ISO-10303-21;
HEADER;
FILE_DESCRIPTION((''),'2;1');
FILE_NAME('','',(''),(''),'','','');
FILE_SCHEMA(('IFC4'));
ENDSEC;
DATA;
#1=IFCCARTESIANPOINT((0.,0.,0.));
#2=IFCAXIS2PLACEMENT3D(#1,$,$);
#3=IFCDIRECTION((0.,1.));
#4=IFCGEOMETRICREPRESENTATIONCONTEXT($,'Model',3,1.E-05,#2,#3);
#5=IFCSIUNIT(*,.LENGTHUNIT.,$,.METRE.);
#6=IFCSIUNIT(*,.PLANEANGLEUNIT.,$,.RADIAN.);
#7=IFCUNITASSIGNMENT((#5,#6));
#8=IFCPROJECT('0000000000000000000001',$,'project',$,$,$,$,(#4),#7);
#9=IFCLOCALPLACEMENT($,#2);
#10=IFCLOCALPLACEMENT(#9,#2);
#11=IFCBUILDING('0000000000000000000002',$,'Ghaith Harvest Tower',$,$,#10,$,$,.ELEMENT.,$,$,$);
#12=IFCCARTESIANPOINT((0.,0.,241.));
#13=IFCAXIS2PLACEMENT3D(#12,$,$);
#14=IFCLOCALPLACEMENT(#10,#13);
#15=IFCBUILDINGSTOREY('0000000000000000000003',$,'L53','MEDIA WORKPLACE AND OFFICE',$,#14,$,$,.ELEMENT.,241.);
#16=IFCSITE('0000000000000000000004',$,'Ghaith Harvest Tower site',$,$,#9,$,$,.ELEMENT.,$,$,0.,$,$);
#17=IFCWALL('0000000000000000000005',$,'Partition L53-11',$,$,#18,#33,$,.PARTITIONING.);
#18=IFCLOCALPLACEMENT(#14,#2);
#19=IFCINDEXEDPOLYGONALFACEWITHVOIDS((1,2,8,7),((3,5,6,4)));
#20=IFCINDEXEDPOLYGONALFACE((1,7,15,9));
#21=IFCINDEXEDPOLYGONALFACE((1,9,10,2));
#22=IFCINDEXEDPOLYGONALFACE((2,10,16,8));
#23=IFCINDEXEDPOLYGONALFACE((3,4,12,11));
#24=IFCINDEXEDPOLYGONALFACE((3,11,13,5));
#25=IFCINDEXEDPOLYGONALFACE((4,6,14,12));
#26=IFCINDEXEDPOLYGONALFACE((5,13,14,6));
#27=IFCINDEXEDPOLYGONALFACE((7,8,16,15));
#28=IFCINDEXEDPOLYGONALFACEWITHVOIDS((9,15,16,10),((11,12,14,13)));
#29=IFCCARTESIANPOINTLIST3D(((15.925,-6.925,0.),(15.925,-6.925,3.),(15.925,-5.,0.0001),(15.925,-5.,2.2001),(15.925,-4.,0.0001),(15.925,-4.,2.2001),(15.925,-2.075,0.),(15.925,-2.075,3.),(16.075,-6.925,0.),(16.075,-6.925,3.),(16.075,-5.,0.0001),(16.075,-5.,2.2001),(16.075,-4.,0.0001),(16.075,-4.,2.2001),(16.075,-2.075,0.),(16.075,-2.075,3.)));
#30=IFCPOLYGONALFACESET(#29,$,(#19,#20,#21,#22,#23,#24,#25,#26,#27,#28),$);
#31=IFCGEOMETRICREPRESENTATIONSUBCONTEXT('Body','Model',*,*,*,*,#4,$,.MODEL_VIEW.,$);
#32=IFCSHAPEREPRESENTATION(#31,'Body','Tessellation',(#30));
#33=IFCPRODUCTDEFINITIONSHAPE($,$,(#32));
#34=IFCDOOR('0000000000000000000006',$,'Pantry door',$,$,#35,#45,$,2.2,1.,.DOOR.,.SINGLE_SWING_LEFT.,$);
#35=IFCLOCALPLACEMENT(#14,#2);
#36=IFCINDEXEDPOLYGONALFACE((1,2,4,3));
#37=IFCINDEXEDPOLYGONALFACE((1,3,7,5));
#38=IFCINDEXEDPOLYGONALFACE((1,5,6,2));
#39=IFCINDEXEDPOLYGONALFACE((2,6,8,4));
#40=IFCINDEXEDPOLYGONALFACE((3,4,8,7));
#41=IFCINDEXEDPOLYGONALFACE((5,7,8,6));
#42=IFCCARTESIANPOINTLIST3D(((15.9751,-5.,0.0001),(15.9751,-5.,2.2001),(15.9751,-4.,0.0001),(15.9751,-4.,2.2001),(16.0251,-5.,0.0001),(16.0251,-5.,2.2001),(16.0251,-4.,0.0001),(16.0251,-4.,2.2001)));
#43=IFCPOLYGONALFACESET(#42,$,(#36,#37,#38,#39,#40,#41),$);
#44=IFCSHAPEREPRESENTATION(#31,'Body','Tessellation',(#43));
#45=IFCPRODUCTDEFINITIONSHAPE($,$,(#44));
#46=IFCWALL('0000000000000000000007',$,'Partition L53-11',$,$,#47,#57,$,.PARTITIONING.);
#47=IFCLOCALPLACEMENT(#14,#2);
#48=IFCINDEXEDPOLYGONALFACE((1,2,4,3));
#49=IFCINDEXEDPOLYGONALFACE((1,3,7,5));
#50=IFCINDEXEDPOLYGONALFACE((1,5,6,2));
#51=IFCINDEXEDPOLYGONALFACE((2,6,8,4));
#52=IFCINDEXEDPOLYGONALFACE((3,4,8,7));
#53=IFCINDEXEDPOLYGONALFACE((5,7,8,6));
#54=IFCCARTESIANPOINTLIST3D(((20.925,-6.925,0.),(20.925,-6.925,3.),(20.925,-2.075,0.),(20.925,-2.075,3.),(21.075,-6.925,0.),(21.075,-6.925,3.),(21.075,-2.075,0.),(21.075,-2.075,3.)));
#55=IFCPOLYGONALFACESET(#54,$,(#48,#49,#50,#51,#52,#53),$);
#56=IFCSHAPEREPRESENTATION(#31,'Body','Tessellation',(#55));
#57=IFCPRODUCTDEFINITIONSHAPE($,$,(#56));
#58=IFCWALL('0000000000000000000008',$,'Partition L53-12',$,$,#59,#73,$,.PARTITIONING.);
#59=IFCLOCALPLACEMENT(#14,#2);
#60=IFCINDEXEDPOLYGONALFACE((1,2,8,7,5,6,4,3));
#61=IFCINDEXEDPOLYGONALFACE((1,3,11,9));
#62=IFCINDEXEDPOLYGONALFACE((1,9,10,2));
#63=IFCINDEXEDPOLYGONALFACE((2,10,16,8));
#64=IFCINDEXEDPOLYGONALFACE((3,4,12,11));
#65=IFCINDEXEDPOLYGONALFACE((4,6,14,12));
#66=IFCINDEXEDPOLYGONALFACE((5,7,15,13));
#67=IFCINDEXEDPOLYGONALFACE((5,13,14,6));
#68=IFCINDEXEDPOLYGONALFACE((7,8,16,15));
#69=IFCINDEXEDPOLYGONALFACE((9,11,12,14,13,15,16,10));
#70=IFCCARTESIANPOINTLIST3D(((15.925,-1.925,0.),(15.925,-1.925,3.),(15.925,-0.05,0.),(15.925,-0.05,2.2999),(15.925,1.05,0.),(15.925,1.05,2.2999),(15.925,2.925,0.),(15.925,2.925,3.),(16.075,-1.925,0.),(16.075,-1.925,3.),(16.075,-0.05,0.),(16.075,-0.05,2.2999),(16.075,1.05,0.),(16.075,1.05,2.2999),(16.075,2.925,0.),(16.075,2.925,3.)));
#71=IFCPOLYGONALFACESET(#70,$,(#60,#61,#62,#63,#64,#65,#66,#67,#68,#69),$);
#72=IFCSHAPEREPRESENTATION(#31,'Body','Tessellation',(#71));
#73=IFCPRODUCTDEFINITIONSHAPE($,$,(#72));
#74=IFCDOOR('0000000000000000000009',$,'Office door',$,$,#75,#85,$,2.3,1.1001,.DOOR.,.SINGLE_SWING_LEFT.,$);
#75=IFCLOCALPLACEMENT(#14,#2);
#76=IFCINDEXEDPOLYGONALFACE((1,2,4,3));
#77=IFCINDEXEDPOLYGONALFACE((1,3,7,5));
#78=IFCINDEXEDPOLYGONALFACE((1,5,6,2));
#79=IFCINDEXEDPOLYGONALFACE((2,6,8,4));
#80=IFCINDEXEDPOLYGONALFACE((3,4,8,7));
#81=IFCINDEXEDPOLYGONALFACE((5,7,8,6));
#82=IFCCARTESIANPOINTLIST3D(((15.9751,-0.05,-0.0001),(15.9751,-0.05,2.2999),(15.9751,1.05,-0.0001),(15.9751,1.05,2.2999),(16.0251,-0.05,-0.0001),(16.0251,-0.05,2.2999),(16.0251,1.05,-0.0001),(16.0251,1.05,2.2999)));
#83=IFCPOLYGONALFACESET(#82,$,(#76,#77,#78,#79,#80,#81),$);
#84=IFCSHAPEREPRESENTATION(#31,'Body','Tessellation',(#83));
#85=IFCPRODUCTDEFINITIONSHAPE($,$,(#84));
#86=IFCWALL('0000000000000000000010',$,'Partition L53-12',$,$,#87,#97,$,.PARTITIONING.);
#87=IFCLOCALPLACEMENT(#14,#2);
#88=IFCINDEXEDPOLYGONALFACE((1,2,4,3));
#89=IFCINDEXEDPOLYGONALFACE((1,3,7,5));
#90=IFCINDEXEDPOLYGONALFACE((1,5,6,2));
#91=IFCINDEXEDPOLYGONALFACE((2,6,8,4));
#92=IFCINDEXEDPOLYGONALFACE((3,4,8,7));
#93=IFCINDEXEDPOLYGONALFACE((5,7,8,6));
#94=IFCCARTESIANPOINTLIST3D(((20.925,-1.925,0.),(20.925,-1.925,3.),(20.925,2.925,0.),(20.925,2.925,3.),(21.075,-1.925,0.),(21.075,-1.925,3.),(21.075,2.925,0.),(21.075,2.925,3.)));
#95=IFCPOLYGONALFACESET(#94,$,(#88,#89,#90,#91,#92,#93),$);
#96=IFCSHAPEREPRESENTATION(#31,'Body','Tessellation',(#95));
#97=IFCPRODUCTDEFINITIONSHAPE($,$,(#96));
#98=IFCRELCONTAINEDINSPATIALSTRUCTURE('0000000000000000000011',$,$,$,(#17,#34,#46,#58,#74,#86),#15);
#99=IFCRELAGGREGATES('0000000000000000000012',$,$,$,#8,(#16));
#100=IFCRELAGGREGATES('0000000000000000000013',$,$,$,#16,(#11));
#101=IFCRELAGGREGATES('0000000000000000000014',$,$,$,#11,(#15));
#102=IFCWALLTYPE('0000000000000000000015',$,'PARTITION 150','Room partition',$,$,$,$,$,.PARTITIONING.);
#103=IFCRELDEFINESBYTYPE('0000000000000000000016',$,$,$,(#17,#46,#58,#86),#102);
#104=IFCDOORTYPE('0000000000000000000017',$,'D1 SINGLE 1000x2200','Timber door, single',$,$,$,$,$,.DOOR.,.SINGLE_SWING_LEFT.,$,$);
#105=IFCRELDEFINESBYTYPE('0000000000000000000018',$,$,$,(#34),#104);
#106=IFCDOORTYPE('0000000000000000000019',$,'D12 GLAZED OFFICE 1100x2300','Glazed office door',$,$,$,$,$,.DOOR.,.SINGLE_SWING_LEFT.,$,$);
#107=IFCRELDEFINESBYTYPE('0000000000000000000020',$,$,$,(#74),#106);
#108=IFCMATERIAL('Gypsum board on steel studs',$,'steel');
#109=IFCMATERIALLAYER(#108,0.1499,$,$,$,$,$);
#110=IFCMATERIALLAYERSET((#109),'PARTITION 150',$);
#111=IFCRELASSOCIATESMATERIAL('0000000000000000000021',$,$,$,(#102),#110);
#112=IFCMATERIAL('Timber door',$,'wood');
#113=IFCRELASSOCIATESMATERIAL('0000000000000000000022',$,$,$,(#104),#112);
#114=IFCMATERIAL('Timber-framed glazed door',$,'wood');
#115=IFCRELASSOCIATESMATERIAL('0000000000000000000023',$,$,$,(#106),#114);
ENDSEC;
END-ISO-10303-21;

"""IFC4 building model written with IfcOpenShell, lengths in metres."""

from ifc_helpers import new_model, si_unit, direction, frame, frame_2d, origin, place, context, subcontext, project, spatial, rectangle, extrude, material, layer, layer_set, type_object, element, fill, save


model = new_model("IFC4")

# Units and contexts
model_context = context("Model", 3, precision=1e-05, world=origin(), true_north=direction((0.0, 1.0)))
body_context = subcontext(model_context, "Body", "Model", "MODEL_VIEW")
ifc_project = project(units=[si_unit("LENGTHUNIT", "METRE"), si_unit("PLANEANGLEUNIT", "RADIAN")], contexts=[model_context])

# Site, building, storey
site_placement = place(None, origin())
site = spatial("IfcSite", under=ifc_project, at=site_placement, Name="Ghaith Harvest Tower site", CompositionType="ELEMENT", RefElevation=0.0)
building_placement = place(site_placement, origin())
building = spatial("IfcBuilding", under=site, at=building_placement, Name="Ghaith Harvest Tower", CompositionType="ELEMENT")
storey_placement = place(building_placement, frame((0.0, 0.0, 241.0)))
storey = spatial("IfcBuildingStorey", under=building, at=storey_placement, Name="L53", Description="MEDIA WORKPLACE AND OFFICE", CompositionType="ELEMENT", Elevation=241.0)

# Shared definitions
ifc_material_1 = material(Name="Gypsum board on steel studs", Category="steel")
ifc_layer_1 = layer(ifc_material_1, 0.1499)
ifc_layer_set_1 = layer_set([ifc_layer_1], Name="PARTITION 150")
wall_type_1 = type_object("IfcWallType", Name="PARTITION 150", Description="Room partition", PredefinedType="PARTITIONING", material=ifc_layer_set_1)

# Wall, opening, door
wall_1_placement = place(storey_placement, frame((16.0, -6.925, 0.0), z_axis=(0.0, 0.0, 1.0), x_axis=(0.0, 1.0, 0.0)))
wall_1 = element("IfcWall", 1, at=wall_1_placement, inside=storey, type_object=wall_type_1, Name="Partition L53-11", PredefinedType="PARTITIONING", context=body_context, shape_type="SweptSolid", body=[
    extrude(rectangle(XDim=4.8501, YDim=0.1499, at=frame_2d((2.425, 0.0))), origin(), (0.0, 0.0, 1.0), 3.0),
])
opening_1_placement = place(wall_1_placement, frame((1.925, 0.0, 0.0)))
opening_1 = element("IfcOpeningElement", 2, at=opening_1_placement, cuts=wall_1, PredefinedType="OPENING", context=body_context, shape_type="SweptSolid", body=[
    extrude(rectangle(XDim=1.0, YDim=2.2, at=frame_2d((0.5, 1.1001))), frame((0.0, 0.085, 0.0), z_axis=(0.0, -1.0, 0.0), x_axis=(1.0, 0.0, 0.0)), (0.0, 0.0, 1.0), 0.1699),
])
ifc_material_2 = material(Name="Timber door", Category="wood")
door_type_1 = type_object("IfcDoorType", Name="D1 SINGLE 1000x2200", Description="Timber door, single", OperationType="SINGLE_SWING_LEFT", PredefinedType="DOOR", material=ifc_material_2)
door_1_placement = place(opening_1_placement, origin())
door_1 = element("IfcDoor", 3, at=door_1_placement, inside=storey, type_object=door_type_1, Name="Pantry door", OperationType="SINGLE_SWING_LEFT", OverallHeight=2.2, OverallWidth=1.0, PredefinedType="DOOR", context=body_context, shape_type="SweptSolid", body=[
    extrude(rectangle(XDim=1.0, YDim=2.2, at=frame_2d((0.5, 1.1001))), frame((0.0, 0.0249, 0.0), z_axis=(0.0, -1.0, 0.0), x_axis=(1.0, 0.0, 0.0)), (0.0, 0.0, 1.0), 0.05),
])
fill(opening_1, door_1)

# Wall
wall_2_placement = place(storey_placement, frame((21.0, -6.925, 0.0), z_axis=(0.0, 0.0, 1.0), x_axis=(0.0, 1.0, 0.0)))
element("IfcWall", 4, at=wall_2_placement, inside=storey, type_object=wall_type_1, Name="Partition L53-11", PredefinedType="PARTITIONING", context=body_context, shape_type="SweptSolid", body=[
    extrude(rectangle(XDim=4.8501, YDim=0.1499, at=frame_2d((2.425, 0.0))), origin(), (0.0, 0.0, 1.0), 3.0),
])

# Wall, opening, door
wall_3_placement = place(storey_placement, frame((16.0, -1.925, 0.0), z_axis=(0.0, 0.0, 1.0), x_axis=(0.0, 1.0, 0.0)))
wall_3 = element("IfcWall", 5, at=wall_3_placement, inside=storey, type_object=wall_type_1, Name="Partition L53-12", PredefinedType="PARTITIONING", context=body_context, shape_type="SweptSolid", body=[
    extrude(rectangle(XDim=4.8501, YDim=0.1499, at=frame_2d((2.425, 0.0))), origin(), (0.0, 0.0, 1.0), 3.0),
])
opening_2_placement = place(wall_3_placement, frame((1.875, 0.0, 0.0)))
opening_2 = element("IfcOpeningElement", 6, at=opening_2_placement, cuts=wall_3, PredefinedType="OPENING", context=body_context, shape_type="SweptSolid", body=[
    extrude(rectangle(XDim=1.1001, YDim=2.3, at=frame_2d((0.55, 1.1499))), frame((0.0, 0.085, 0.0), z_axis=(0.0, -1.0, 0.0), x_axis=(1.0, 0.0, 0.0)), (0.0, 0.0, 1.0), 0.1699),
])
ifc_material_3 = material(Name="Timber-framed glazed door", Category="wood")
door_type_2 = type_object("IfcDoorType", Name="D12 GLAZED OFFICE 1100x2300", Description="Glazed office door", OperationType="SINGLE_SWING_LEFT", PredefinedType="DOOR", material=ifc_material_3)
door_2_placement = place(opening_2_placement, origin())
door_2 = element("IfcDoor", 7, at=door_2_placement, inside=storey, type_object=door_type_2, Name="Office door", OperationType="SINGLE_SWING_LEFT", OverallHeight=2.3, OverallWidth=1.1001, PredefinedType="DOOR", context=body_context, shape_type="SweptSolid", body=[
    extrude(rectangle(XDim=1.1001, YDim=2.3, at=frame_2d((0.55, 1.1499))), frame((0.0, 0.0249, 0.0), z_axis=(0.0, -1.0, 0.0), x_axis=(1.0, 0.0, 0.0)), (0.0, 0.0, 1.0), 0.05),
])
fill(opening_2, door_2)

# Wall
wall_4_placement = place(storey_placement, frame((21.0, -1.925, 0.0), z_axis=(0.0, 0.0, 1.0), x_axis=(0.0, 1.0, 0.0)))
element("IfcWall", 8, at=wall_4_placement, inside=storey, type_object=wall_type_1, Name="Partition L53-12", PredefinedType="PARTITIONING", context=body_context, shape_type="SweptSolid", body=[
    extrude(rectangle(XDim=4.8501, YDim=0.1499, at=frame_2d((2.425, 0.0))), origin(), (0.0, 0.0, 1.0), 3.0),
])

save(model, "model.ifc")
